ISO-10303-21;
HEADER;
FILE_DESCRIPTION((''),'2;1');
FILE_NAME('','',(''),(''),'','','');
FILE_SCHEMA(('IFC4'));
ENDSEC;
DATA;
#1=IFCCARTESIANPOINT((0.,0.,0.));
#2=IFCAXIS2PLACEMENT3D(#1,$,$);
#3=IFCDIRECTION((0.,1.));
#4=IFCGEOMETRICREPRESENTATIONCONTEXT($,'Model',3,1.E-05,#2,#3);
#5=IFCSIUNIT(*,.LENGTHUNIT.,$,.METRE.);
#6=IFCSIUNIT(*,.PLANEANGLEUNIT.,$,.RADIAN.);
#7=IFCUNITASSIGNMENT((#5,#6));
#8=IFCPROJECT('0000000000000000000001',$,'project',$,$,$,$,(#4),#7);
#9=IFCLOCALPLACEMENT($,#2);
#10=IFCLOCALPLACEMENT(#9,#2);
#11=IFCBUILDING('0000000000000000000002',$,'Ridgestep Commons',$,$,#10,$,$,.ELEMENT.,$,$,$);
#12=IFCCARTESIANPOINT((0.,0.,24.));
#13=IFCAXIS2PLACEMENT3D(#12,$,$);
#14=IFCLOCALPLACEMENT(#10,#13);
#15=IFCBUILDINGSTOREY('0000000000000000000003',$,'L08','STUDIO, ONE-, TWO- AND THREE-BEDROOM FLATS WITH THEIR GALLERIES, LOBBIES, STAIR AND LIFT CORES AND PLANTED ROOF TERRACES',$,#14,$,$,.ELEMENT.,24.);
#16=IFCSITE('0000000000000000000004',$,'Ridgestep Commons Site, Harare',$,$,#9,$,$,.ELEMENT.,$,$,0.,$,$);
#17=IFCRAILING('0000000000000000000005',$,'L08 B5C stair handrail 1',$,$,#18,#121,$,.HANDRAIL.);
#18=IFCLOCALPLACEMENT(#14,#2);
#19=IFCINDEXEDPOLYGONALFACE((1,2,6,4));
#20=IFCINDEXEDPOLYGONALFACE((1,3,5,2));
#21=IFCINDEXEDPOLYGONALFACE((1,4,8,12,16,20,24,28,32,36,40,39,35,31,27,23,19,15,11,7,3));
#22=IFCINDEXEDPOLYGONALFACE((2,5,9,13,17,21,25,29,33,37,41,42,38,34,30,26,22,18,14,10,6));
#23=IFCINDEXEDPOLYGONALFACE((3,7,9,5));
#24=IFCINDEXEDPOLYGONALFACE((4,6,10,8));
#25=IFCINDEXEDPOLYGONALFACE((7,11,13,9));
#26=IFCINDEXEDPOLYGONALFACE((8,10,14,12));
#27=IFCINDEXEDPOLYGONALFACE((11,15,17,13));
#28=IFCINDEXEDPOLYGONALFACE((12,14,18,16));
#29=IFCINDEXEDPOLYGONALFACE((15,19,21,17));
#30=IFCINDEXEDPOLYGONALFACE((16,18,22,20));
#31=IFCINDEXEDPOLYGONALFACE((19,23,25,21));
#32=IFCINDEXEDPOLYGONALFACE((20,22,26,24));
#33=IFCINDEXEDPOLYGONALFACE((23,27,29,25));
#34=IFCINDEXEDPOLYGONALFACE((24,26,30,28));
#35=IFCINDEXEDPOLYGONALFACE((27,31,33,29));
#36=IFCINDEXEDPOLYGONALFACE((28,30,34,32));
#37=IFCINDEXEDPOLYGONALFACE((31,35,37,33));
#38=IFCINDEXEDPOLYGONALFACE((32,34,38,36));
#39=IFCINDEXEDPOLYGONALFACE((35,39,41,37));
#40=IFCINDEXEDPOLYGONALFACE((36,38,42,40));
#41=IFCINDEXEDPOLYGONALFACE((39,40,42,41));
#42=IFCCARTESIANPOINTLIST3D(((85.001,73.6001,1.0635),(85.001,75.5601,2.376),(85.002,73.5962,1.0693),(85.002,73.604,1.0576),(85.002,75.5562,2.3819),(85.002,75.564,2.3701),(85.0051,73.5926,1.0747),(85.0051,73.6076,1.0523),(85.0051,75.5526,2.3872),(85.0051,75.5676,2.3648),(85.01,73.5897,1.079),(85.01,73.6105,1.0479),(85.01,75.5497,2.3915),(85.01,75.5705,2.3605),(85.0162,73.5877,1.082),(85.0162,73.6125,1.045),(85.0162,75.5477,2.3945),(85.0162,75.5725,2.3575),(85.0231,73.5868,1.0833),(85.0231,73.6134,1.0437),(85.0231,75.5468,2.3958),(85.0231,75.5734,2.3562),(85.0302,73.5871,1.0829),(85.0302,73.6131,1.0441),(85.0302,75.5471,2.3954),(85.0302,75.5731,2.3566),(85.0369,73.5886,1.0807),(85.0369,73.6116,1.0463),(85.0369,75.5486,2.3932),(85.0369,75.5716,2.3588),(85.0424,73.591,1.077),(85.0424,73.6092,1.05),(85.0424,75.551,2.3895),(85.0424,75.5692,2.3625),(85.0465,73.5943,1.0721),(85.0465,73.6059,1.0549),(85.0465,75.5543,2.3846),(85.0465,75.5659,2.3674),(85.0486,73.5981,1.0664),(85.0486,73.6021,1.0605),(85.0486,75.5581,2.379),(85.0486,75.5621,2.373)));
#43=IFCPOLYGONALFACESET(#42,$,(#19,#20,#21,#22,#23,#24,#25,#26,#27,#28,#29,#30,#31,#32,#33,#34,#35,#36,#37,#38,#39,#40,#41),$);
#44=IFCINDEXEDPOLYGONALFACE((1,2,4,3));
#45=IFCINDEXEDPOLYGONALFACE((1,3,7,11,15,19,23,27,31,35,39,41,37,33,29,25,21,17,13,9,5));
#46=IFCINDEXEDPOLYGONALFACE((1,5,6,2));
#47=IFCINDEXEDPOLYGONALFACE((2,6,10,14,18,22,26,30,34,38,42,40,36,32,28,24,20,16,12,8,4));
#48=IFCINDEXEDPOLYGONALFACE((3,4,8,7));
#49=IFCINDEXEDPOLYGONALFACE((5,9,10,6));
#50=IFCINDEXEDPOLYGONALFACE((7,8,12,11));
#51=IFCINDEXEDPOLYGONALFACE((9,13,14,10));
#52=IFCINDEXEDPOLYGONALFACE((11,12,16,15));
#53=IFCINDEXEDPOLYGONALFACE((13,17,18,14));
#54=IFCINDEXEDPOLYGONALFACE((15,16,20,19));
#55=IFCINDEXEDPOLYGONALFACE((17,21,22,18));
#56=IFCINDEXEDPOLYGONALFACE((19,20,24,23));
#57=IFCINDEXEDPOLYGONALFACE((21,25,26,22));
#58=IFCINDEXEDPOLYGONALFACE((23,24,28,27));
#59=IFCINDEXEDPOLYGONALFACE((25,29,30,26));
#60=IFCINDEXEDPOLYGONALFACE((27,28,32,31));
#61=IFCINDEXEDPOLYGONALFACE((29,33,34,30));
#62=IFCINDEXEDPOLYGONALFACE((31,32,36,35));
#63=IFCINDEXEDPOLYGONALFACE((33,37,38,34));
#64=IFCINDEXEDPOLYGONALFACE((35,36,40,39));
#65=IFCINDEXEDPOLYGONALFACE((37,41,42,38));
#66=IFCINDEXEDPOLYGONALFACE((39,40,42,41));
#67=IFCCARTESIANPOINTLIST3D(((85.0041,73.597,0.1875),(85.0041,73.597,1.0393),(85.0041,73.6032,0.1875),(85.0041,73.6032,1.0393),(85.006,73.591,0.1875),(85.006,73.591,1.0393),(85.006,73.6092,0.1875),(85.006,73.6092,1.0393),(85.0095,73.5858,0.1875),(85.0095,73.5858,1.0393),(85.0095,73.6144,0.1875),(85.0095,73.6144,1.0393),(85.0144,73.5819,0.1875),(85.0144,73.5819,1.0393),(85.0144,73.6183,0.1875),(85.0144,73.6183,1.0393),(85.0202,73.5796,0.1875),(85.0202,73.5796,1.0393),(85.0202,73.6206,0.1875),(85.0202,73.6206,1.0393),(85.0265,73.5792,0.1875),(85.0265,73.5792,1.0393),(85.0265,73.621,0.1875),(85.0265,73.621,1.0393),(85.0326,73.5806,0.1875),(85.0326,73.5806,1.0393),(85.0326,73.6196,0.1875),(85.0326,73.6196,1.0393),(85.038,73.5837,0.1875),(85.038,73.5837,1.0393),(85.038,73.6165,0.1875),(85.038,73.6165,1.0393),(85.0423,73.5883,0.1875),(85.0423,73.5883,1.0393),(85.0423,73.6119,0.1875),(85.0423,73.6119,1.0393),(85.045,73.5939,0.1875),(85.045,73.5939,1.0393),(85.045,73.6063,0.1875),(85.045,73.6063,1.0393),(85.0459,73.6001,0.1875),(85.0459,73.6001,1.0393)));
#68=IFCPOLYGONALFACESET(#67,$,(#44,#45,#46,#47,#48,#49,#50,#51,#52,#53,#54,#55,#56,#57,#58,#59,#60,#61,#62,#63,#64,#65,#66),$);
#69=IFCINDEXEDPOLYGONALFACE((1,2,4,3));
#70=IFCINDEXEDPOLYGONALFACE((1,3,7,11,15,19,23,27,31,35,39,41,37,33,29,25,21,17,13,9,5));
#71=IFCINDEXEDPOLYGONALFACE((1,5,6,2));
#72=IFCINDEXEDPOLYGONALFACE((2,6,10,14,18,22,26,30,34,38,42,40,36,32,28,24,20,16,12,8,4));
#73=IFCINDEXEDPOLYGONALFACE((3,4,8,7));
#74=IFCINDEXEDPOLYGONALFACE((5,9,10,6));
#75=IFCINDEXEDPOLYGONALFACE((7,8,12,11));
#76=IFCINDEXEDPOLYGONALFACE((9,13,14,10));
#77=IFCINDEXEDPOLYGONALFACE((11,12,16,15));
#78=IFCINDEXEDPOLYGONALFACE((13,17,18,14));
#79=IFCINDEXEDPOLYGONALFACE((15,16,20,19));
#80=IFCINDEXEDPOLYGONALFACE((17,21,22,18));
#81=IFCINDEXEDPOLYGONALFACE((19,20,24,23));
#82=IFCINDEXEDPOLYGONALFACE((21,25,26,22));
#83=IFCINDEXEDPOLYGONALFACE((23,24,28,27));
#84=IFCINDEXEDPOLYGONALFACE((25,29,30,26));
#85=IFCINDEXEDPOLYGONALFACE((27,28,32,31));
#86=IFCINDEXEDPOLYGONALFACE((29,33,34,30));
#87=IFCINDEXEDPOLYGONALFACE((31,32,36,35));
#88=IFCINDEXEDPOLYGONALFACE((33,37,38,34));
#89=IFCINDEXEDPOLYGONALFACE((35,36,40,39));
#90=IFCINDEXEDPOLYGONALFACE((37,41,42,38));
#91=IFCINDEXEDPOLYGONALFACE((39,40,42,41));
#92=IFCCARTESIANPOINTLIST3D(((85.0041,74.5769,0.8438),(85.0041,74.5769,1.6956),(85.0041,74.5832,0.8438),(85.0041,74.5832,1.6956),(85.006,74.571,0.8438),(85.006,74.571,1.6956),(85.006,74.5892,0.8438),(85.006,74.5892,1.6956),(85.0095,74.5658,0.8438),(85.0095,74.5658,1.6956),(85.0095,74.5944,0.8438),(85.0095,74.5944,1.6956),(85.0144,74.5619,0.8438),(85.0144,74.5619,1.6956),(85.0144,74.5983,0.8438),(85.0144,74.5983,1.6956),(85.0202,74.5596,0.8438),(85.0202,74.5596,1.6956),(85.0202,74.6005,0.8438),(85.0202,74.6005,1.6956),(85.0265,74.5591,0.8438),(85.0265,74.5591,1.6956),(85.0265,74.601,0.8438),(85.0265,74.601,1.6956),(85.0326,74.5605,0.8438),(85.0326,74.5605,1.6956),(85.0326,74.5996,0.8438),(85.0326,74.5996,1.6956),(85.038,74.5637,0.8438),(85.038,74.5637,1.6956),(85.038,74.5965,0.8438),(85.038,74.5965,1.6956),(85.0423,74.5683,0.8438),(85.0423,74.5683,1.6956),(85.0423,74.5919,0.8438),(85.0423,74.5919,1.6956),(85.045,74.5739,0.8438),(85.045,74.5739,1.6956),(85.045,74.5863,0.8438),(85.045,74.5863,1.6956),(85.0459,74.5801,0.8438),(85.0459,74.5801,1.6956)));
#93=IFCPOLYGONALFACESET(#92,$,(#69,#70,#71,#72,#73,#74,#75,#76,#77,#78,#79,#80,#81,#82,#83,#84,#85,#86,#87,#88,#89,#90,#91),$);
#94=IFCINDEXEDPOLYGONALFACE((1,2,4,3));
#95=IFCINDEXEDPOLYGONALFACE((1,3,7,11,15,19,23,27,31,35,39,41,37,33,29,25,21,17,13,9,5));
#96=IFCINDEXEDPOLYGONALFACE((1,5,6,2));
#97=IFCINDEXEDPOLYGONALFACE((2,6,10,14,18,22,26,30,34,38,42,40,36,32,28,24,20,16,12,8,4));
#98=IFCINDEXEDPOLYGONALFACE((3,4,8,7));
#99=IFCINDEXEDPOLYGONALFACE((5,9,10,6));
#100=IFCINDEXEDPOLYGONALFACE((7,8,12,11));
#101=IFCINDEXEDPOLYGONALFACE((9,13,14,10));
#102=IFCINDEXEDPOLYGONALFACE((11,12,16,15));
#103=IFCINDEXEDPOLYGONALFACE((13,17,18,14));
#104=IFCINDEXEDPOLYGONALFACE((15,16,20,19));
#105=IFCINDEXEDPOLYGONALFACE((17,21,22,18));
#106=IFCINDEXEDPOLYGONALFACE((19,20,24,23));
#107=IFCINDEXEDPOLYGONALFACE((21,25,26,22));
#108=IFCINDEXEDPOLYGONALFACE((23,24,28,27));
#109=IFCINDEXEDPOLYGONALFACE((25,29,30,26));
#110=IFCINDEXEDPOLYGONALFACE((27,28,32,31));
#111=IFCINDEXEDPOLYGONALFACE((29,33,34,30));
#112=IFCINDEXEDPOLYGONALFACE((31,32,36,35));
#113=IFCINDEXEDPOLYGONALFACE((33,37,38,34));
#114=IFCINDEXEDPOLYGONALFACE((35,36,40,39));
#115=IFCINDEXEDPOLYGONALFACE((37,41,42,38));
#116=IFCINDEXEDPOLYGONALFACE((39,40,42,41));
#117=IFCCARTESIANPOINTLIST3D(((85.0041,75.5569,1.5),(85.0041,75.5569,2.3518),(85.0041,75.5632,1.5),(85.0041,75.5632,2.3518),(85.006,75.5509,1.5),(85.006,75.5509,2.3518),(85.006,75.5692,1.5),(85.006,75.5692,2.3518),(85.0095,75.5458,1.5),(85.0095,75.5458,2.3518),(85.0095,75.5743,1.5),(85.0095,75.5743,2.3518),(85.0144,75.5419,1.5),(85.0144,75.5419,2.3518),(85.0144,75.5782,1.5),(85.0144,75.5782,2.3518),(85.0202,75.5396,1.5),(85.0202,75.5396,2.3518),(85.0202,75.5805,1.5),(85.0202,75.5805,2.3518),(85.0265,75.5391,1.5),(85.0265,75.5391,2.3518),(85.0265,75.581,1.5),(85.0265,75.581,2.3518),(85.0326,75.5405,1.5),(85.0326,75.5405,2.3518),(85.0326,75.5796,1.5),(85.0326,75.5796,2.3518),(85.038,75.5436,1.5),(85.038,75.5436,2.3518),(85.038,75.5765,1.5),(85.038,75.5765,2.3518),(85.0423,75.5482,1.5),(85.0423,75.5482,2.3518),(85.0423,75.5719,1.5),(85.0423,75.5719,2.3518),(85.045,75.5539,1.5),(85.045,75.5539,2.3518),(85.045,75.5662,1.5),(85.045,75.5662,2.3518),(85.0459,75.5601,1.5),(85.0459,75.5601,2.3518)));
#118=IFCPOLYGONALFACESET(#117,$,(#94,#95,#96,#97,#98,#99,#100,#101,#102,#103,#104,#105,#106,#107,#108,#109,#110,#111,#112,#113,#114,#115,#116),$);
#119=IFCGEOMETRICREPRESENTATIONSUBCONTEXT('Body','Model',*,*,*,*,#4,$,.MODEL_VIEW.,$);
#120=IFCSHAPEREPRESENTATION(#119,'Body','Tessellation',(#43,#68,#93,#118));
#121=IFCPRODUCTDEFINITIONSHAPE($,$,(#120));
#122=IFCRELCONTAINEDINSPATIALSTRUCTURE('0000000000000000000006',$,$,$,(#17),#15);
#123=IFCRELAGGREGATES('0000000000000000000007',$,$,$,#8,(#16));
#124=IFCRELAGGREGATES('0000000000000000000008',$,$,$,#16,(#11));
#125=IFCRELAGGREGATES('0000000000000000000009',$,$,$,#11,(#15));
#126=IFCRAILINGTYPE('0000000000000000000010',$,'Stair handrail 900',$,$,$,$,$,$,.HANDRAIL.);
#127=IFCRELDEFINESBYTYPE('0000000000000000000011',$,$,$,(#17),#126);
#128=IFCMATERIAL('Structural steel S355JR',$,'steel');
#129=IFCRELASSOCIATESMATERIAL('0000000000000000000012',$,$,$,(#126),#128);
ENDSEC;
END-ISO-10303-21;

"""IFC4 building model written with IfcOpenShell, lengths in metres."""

from ifc_helpers import new_model, si_unit, direction, frame, origin, origin_2d, place, context, subcontext, project, spatial, circle, extrude, material, type_object, element, save


model = new_model("IFC4")

# Units and contexts
model_context = context("Model", 3, precision=1e-05, world=origin(), true_north=direction((0.0, 1.0)))
body_context = subcontext(model_context, "Body", "Model", "MODEL_VIEW")
ifc_project = project(units=[si_unit("LENGTHUNIT", "METRE"), si_unit("PLANEANGLEUNIT", "RADIAN")], contexts=[model_context])

# Site, building, storey
site_placement = place(None, origin())
site = spatial("IfcSite", under=ifc_project, at=site_placement, Name="Ridgestep Commons Site, Harare", CompositionType="ELEMENT", RefElevation=0.0)
building_placement = place(site_placement, origin())
building = spatial("IfcBuilding", under=site, at=building_placement, Name="Ridgestep Commons", CompositionType="ELEMENT")
storey_placement = place(building_placement, frame((0.0, 0.0, 24.0)))
storey = spatial("IfcBuildingStorey", under=building, at=storey_placement, Name="L08", Description="STUDIO, ONE-, TWO- AND THREE-BEDROOM FLATS WITH THEIR GALLERIES, LOBBIES, STAIR AND LIFT CORES AND PLANTED ROOF TERRACES", CompositionType="ELEMENT", Elevation=24.0)

# Railing
ifc_material_1 = material(Name="Structural steel S355JR", Category="steel")
railing_type_1 = type_object("IfcRailingType", Name="Stair handrail 900", PredefinedType="HANDRAIL", material=ifc_material_1)
railing_1_placement = place(storey_placement, frame((85.0249, 73.6001, 0.1875)))
element("IfcRailing", 1, at=railing_1_placement, inside=storey, type_object=railing_type_1, Name="L08 B5C stair handrail 1", PredefinedType="HANDRAIL", context=body_context, shape_type="SweptSolid", body=[
    extrude(circle(Radius=0.0239, at=origin_2d()), frame((0.0, 0.0, 0.876), z_axis=(0.0, 0.830902, 0.556419), x_axis=(-1.0, 0.0, 0.0)), (0.0, 0.0, 1.0), 2.3589),
    extrude(circle(Radius=0.021, at=origin_2d()), origin(), (0.0, 0.0, 1.0), 0.8518),
    extrude(circle(Radius=0.021, at=origin_2d()), frame((0.0, 0.98, 0.6562)), (0.0, 0.0, 1.0), 0.8518),
    extrude(circle(Radius=0.021, at=origin_2d()), frame((0.0, 1.96, 1.3125)), (0.0, 0.0, 1.0), 0.8518),
])

save(model, "model.ifc")
